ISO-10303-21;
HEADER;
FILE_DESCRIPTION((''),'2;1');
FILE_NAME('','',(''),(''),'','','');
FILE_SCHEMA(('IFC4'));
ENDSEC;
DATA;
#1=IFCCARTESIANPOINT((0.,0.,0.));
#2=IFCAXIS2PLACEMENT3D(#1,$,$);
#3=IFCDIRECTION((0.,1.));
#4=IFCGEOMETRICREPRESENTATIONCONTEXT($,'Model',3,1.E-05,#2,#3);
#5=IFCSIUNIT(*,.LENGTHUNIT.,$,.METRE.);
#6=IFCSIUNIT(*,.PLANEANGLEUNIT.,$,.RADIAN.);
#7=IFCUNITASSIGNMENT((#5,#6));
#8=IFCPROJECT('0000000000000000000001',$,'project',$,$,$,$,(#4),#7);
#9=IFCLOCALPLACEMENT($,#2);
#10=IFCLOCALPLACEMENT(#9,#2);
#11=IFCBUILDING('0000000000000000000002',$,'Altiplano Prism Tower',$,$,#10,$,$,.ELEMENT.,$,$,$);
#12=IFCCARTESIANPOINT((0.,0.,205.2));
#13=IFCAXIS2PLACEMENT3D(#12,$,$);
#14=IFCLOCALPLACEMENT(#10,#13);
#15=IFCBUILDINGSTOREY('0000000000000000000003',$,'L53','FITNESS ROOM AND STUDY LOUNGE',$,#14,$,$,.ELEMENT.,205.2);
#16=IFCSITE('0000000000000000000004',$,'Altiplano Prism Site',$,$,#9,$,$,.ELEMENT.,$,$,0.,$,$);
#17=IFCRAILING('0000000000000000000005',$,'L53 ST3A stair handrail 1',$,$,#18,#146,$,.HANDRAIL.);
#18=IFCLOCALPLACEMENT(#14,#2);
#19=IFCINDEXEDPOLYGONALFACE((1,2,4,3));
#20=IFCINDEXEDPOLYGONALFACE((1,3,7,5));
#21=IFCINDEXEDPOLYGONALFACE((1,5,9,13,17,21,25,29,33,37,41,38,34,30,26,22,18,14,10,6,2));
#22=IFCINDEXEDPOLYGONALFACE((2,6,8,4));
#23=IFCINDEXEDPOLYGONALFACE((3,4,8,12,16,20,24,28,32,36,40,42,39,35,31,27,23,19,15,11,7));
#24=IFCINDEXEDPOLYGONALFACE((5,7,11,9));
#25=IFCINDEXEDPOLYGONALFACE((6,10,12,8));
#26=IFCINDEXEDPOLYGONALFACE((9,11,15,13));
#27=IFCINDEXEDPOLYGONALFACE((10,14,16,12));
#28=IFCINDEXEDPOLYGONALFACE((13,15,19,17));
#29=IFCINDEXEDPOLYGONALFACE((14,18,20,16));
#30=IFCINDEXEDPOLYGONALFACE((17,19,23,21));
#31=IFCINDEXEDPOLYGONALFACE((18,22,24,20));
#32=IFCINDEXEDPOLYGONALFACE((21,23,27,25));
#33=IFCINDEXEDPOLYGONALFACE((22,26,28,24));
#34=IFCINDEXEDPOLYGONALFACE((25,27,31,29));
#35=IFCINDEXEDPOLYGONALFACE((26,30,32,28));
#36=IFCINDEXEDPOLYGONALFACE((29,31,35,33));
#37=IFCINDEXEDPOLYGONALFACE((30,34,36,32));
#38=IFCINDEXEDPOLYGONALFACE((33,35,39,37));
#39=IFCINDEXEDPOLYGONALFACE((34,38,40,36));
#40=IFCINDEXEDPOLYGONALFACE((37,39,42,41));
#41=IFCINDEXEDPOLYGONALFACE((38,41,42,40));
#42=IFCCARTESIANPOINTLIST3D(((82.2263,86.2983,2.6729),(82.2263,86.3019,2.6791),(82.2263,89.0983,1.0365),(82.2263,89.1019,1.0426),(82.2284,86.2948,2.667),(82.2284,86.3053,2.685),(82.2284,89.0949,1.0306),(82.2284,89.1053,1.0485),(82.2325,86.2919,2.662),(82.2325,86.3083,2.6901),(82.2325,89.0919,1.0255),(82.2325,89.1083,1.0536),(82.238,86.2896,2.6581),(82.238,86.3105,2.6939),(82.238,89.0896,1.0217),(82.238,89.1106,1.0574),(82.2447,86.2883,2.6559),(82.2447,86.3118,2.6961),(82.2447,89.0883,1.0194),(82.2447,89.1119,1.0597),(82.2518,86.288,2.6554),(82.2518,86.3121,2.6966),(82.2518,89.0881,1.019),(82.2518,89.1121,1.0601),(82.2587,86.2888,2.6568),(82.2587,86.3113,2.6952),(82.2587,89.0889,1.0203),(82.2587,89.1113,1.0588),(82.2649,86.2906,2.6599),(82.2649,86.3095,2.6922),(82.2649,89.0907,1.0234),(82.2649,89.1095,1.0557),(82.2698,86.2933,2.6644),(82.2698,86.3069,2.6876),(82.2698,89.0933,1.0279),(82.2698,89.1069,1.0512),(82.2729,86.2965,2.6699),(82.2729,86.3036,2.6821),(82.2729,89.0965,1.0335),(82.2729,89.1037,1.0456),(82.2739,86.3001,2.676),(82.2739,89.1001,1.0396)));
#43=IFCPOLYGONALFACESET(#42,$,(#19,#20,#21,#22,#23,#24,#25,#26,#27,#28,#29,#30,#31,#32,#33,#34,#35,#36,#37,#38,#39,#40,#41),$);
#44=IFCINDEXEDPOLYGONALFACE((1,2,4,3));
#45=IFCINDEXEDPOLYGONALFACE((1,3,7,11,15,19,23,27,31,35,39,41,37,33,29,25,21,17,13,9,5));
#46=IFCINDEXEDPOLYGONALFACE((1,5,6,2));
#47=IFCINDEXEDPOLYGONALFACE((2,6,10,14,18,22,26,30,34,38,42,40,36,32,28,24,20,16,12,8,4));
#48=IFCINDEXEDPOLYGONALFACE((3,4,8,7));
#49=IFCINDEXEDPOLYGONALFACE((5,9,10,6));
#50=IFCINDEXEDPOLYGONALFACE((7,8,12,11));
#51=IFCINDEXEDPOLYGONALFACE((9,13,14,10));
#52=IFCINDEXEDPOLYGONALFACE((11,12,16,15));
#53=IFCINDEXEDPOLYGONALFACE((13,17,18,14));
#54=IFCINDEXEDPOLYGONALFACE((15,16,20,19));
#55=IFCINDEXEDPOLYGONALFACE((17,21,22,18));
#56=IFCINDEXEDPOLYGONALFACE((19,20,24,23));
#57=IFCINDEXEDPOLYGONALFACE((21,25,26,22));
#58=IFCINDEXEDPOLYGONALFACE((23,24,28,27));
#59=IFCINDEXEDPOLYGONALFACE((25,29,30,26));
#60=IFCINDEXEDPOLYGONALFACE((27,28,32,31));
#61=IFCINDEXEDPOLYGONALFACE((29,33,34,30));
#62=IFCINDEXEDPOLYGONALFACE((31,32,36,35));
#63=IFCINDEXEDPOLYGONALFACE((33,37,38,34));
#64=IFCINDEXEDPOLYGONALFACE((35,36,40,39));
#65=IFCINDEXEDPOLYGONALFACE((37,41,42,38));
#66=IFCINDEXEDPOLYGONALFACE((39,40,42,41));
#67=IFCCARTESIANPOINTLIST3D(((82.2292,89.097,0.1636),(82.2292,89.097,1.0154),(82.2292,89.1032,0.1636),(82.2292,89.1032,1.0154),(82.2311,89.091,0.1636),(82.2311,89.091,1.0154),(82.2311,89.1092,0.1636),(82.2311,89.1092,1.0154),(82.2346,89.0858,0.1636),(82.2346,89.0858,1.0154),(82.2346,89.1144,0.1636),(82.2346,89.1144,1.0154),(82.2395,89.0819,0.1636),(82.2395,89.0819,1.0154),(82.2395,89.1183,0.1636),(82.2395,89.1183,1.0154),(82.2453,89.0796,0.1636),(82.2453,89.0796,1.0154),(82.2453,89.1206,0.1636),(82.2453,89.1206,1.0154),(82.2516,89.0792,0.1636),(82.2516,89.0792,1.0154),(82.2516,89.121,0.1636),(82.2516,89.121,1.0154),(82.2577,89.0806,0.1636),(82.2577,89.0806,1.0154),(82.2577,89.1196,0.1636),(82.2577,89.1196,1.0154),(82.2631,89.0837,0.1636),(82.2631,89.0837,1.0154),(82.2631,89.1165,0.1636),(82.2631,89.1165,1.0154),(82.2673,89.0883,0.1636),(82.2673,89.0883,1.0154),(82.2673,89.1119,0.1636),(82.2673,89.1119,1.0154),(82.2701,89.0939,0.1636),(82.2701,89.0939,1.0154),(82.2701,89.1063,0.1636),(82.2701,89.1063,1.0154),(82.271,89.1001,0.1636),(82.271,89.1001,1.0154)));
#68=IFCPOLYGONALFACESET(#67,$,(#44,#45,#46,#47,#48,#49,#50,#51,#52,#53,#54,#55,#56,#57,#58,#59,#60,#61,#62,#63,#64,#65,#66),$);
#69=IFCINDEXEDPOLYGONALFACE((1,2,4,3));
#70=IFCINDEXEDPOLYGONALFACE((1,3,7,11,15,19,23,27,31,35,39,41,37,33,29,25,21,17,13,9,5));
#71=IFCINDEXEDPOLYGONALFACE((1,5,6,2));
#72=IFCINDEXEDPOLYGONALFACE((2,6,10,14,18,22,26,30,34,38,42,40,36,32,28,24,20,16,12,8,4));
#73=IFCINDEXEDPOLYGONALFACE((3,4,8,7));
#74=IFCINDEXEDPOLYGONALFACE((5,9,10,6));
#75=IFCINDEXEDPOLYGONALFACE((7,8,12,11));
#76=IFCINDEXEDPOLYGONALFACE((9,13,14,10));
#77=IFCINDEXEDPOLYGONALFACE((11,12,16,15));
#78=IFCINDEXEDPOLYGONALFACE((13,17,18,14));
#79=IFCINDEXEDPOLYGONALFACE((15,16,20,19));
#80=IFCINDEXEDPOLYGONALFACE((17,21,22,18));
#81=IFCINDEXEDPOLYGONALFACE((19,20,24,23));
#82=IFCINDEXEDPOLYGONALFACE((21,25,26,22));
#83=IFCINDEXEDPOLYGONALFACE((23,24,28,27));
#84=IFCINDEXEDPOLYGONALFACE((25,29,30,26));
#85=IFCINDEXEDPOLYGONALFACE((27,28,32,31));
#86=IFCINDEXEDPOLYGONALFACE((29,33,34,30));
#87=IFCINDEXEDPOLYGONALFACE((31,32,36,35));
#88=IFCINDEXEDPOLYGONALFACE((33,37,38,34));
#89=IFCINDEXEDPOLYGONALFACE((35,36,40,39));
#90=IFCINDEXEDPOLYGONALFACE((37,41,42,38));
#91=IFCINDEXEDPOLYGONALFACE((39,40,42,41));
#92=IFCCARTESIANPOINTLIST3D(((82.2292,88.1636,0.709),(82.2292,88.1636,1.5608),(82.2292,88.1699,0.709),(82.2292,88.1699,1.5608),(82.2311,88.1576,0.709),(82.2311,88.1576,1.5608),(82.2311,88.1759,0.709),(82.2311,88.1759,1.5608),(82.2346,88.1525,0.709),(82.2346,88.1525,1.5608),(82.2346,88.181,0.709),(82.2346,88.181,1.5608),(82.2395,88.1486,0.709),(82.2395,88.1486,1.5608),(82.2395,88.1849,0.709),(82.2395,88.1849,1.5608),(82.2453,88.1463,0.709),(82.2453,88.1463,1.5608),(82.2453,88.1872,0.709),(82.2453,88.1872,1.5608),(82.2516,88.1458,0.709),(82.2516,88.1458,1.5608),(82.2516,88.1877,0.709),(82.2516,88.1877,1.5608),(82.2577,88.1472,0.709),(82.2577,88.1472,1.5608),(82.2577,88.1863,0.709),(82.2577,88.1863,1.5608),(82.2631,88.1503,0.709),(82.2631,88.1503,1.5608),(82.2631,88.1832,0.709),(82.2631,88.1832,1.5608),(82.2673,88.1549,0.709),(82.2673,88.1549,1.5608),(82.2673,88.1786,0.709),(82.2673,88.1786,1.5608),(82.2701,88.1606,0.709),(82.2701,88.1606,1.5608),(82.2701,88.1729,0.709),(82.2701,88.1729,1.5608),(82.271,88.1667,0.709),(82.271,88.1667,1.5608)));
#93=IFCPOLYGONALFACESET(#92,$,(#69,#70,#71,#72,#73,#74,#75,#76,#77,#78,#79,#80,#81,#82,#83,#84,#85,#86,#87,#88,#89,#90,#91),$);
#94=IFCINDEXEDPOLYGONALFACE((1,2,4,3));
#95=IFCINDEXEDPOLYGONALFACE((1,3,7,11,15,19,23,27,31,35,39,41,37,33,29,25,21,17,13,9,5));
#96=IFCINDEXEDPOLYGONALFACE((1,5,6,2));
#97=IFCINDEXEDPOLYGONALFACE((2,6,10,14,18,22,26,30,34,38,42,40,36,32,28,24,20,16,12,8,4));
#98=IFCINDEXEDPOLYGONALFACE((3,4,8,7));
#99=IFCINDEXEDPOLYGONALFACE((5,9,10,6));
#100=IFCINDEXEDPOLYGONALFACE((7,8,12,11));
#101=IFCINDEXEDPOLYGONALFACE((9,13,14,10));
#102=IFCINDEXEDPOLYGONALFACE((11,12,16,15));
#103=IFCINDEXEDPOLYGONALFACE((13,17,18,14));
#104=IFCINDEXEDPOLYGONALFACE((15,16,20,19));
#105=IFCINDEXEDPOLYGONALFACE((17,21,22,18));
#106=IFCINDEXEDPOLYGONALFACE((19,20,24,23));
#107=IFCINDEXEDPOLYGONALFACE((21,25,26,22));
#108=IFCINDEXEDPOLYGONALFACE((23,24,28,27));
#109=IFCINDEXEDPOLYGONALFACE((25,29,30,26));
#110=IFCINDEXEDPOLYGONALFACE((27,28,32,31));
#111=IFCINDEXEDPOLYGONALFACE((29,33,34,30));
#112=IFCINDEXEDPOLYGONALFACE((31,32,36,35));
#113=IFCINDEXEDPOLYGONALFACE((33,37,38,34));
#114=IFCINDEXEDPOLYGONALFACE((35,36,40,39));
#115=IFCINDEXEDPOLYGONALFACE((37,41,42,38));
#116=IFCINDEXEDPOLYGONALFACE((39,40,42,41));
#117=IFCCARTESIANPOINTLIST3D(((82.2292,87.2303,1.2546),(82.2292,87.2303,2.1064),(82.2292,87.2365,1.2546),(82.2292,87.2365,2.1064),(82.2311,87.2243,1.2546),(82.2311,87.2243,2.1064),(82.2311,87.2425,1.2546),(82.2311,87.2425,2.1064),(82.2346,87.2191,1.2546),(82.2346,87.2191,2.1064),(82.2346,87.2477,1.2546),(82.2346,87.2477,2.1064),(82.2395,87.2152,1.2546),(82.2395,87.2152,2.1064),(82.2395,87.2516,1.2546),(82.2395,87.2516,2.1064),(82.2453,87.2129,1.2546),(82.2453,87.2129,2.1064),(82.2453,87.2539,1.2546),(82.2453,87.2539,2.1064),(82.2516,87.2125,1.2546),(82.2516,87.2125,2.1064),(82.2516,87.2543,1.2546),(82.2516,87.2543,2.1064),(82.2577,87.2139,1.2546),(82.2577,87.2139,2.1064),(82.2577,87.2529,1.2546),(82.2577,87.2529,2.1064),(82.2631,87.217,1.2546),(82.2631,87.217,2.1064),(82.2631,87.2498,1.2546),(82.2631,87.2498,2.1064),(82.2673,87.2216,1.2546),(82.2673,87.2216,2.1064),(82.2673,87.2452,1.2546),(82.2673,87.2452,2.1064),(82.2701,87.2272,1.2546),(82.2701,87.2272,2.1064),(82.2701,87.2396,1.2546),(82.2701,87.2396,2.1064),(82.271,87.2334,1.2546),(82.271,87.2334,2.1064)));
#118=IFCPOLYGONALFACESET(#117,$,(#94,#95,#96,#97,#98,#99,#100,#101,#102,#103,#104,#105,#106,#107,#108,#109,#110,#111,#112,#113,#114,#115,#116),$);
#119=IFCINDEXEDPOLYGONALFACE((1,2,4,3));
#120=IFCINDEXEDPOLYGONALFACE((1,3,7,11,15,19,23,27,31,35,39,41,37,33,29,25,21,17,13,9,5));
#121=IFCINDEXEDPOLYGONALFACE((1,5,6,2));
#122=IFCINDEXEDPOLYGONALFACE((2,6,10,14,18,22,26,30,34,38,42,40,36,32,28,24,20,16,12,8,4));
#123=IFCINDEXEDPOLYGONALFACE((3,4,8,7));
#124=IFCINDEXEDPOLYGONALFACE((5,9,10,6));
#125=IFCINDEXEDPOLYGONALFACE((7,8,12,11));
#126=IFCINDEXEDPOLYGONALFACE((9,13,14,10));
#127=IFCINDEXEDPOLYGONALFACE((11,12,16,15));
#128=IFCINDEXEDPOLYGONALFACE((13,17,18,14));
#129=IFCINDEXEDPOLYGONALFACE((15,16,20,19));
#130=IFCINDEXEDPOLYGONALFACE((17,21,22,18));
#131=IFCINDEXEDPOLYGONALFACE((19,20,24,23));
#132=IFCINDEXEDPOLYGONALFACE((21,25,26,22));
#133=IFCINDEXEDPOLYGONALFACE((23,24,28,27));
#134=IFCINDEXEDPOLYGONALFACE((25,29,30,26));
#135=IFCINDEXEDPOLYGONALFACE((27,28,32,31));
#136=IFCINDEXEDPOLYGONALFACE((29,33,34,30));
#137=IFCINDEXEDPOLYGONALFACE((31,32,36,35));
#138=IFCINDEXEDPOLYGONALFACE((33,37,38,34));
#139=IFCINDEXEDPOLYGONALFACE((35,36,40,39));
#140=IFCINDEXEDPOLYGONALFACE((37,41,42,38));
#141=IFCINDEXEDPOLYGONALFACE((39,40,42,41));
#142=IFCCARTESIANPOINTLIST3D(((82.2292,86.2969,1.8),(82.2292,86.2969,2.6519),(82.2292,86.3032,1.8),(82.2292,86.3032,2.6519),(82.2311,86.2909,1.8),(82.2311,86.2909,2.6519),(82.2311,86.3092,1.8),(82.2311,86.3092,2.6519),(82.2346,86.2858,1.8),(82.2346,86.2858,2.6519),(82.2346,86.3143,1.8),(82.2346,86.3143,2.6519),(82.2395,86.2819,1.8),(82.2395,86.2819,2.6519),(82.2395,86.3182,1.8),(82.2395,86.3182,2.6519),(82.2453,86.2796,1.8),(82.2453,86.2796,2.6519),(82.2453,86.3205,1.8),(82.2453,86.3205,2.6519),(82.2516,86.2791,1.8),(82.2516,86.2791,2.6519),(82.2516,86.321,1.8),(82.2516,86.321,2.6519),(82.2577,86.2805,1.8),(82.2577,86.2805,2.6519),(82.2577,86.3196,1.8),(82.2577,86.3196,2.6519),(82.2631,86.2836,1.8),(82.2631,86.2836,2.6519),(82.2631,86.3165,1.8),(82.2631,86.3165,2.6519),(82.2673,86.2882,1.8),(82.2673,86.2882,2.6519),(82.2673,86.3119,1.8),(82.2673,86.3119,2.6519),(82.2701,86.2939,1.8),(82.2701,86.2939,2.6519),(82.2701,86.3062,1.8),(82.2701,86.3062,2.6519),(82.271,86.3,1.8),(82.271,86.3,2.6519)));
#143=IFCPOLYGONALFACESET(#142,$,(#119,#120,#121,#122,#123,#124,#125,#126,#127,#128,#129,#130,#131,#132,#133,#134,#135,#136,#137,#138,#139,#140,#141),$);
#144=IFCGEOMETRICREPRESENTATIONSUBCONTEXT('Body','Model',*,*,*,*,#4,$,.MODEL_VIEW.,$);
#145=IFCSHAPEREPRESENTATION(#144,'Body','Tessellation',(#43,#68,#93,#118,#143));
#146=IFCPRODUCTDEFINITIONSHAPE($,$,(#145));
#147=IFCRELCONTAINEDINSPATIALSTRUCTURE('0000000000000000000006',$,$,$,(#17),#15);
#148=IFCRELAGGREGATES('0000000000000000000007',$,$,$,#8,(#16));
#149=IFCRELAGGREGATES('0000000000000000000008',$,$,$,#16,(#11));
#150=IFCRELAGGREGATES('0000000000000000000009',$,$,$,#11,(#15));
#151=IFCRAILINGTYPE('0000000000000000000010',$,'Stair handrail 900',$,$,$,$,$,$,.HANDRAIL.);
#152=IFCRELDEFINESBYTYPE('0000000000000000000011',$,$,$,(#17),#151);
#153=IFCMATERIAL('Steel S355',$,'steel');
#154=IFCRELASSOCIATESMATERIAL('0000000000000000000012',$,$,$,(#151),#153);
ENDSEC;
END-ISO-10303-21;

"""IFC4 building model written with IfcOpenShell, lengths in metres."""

from ifc_helpers import new_model, si_unit, direction, frame, origin, origin_2d, place, context, subcontext, project, spatial, circle, extrude, material, type_object, element, save


model = new_model("IFC4")

# Units and contexts
model_context = context("Model", 3, precision=1e-05, world=origin(), true_north=direction((0.0, 1.0)))
body_context = subcontext(model_context, "Body", "Model", "MODEL_VIEW")
ifc_project = project(units=[si_unit("LENGTHUNIT", "METRE"), si_unit("PLANEANGLEUNIT", "RADIAN")], contexts=[model_context])

# Site, building, storey
site_placement = place(None, origin())
site = spatial("IfcSite", under=ifc_project, at=site_placement, Name="Altiplano Prism Site", CompositionType="ELEMENT", RefElevation=0.0)
building_placement = place(site_placement, origin())
building = spatial("IfcBuilding", under=site, at=building_placement, Name="Altiplano Prism Tower", CompositionType="ELEMENT")
storey_placement = place(building_placement, frame((0.0, 0.0, 205.2)))
storey = spatial("IfcBuildingStorey", under=building, at=storey_placement, Name="L53", Description="FITNESS ROOM AND STUDY LOUNGE", CompositionType="ELEMENT", Elevation=205.2)

# Railing
ifc_material_1 = material(Name="Steel S355", Category="steel")
railing_type_1 = type_object("IfcRailingType", Name="Stair handrail 900", PredefinedType="HANDRAIL", material=ifc_material_1)
railing_1_placement = place(storey_placement, frame((82.25, 89.1001, 0.1636)))
element("IfcRailing", 1, at=railing_1_placement, inside=storey, type_object=railing_type_1, Name="L53 ST3A stair handrail 1", PredefinedType="HANDRAIL", context=body_context, shape_type="SweptSolid", body=[
    extrude(circle(Radius=0.0239, at=origin_2d()), frame((0.0, 0.0, 0.876), z_axis=(0.0, -0.863361, 0.504587), x_axis=(1.0, 0.0, 0.0)), (0.0, 0.0, 1.0), 3.2432),
    extrude(circle(Radius=0.021, at=origin_2d()), origin(), (0.0, 0.0, 1.0), 0.8518),
    extrude(circle(Radius=0.021, at=origin_2d()), frame((0.0, -0.9333, 0.5454)), (0.0, 0.0, 1.0), 0.8518),
    extrude(circle(Radius=0.021, at=origin_2d()), frame((0.0, -1.8667, 1.0911)), (0.0, 0.0, 1.0), 0.8518),
    extrude(circle(Radius=0.021, at=origin_2d()), frame((0.0, -2.8, 1.6365)), (0.0, 0.0, 1.0), 0.8518),
])

save(model, "model.ifc")
